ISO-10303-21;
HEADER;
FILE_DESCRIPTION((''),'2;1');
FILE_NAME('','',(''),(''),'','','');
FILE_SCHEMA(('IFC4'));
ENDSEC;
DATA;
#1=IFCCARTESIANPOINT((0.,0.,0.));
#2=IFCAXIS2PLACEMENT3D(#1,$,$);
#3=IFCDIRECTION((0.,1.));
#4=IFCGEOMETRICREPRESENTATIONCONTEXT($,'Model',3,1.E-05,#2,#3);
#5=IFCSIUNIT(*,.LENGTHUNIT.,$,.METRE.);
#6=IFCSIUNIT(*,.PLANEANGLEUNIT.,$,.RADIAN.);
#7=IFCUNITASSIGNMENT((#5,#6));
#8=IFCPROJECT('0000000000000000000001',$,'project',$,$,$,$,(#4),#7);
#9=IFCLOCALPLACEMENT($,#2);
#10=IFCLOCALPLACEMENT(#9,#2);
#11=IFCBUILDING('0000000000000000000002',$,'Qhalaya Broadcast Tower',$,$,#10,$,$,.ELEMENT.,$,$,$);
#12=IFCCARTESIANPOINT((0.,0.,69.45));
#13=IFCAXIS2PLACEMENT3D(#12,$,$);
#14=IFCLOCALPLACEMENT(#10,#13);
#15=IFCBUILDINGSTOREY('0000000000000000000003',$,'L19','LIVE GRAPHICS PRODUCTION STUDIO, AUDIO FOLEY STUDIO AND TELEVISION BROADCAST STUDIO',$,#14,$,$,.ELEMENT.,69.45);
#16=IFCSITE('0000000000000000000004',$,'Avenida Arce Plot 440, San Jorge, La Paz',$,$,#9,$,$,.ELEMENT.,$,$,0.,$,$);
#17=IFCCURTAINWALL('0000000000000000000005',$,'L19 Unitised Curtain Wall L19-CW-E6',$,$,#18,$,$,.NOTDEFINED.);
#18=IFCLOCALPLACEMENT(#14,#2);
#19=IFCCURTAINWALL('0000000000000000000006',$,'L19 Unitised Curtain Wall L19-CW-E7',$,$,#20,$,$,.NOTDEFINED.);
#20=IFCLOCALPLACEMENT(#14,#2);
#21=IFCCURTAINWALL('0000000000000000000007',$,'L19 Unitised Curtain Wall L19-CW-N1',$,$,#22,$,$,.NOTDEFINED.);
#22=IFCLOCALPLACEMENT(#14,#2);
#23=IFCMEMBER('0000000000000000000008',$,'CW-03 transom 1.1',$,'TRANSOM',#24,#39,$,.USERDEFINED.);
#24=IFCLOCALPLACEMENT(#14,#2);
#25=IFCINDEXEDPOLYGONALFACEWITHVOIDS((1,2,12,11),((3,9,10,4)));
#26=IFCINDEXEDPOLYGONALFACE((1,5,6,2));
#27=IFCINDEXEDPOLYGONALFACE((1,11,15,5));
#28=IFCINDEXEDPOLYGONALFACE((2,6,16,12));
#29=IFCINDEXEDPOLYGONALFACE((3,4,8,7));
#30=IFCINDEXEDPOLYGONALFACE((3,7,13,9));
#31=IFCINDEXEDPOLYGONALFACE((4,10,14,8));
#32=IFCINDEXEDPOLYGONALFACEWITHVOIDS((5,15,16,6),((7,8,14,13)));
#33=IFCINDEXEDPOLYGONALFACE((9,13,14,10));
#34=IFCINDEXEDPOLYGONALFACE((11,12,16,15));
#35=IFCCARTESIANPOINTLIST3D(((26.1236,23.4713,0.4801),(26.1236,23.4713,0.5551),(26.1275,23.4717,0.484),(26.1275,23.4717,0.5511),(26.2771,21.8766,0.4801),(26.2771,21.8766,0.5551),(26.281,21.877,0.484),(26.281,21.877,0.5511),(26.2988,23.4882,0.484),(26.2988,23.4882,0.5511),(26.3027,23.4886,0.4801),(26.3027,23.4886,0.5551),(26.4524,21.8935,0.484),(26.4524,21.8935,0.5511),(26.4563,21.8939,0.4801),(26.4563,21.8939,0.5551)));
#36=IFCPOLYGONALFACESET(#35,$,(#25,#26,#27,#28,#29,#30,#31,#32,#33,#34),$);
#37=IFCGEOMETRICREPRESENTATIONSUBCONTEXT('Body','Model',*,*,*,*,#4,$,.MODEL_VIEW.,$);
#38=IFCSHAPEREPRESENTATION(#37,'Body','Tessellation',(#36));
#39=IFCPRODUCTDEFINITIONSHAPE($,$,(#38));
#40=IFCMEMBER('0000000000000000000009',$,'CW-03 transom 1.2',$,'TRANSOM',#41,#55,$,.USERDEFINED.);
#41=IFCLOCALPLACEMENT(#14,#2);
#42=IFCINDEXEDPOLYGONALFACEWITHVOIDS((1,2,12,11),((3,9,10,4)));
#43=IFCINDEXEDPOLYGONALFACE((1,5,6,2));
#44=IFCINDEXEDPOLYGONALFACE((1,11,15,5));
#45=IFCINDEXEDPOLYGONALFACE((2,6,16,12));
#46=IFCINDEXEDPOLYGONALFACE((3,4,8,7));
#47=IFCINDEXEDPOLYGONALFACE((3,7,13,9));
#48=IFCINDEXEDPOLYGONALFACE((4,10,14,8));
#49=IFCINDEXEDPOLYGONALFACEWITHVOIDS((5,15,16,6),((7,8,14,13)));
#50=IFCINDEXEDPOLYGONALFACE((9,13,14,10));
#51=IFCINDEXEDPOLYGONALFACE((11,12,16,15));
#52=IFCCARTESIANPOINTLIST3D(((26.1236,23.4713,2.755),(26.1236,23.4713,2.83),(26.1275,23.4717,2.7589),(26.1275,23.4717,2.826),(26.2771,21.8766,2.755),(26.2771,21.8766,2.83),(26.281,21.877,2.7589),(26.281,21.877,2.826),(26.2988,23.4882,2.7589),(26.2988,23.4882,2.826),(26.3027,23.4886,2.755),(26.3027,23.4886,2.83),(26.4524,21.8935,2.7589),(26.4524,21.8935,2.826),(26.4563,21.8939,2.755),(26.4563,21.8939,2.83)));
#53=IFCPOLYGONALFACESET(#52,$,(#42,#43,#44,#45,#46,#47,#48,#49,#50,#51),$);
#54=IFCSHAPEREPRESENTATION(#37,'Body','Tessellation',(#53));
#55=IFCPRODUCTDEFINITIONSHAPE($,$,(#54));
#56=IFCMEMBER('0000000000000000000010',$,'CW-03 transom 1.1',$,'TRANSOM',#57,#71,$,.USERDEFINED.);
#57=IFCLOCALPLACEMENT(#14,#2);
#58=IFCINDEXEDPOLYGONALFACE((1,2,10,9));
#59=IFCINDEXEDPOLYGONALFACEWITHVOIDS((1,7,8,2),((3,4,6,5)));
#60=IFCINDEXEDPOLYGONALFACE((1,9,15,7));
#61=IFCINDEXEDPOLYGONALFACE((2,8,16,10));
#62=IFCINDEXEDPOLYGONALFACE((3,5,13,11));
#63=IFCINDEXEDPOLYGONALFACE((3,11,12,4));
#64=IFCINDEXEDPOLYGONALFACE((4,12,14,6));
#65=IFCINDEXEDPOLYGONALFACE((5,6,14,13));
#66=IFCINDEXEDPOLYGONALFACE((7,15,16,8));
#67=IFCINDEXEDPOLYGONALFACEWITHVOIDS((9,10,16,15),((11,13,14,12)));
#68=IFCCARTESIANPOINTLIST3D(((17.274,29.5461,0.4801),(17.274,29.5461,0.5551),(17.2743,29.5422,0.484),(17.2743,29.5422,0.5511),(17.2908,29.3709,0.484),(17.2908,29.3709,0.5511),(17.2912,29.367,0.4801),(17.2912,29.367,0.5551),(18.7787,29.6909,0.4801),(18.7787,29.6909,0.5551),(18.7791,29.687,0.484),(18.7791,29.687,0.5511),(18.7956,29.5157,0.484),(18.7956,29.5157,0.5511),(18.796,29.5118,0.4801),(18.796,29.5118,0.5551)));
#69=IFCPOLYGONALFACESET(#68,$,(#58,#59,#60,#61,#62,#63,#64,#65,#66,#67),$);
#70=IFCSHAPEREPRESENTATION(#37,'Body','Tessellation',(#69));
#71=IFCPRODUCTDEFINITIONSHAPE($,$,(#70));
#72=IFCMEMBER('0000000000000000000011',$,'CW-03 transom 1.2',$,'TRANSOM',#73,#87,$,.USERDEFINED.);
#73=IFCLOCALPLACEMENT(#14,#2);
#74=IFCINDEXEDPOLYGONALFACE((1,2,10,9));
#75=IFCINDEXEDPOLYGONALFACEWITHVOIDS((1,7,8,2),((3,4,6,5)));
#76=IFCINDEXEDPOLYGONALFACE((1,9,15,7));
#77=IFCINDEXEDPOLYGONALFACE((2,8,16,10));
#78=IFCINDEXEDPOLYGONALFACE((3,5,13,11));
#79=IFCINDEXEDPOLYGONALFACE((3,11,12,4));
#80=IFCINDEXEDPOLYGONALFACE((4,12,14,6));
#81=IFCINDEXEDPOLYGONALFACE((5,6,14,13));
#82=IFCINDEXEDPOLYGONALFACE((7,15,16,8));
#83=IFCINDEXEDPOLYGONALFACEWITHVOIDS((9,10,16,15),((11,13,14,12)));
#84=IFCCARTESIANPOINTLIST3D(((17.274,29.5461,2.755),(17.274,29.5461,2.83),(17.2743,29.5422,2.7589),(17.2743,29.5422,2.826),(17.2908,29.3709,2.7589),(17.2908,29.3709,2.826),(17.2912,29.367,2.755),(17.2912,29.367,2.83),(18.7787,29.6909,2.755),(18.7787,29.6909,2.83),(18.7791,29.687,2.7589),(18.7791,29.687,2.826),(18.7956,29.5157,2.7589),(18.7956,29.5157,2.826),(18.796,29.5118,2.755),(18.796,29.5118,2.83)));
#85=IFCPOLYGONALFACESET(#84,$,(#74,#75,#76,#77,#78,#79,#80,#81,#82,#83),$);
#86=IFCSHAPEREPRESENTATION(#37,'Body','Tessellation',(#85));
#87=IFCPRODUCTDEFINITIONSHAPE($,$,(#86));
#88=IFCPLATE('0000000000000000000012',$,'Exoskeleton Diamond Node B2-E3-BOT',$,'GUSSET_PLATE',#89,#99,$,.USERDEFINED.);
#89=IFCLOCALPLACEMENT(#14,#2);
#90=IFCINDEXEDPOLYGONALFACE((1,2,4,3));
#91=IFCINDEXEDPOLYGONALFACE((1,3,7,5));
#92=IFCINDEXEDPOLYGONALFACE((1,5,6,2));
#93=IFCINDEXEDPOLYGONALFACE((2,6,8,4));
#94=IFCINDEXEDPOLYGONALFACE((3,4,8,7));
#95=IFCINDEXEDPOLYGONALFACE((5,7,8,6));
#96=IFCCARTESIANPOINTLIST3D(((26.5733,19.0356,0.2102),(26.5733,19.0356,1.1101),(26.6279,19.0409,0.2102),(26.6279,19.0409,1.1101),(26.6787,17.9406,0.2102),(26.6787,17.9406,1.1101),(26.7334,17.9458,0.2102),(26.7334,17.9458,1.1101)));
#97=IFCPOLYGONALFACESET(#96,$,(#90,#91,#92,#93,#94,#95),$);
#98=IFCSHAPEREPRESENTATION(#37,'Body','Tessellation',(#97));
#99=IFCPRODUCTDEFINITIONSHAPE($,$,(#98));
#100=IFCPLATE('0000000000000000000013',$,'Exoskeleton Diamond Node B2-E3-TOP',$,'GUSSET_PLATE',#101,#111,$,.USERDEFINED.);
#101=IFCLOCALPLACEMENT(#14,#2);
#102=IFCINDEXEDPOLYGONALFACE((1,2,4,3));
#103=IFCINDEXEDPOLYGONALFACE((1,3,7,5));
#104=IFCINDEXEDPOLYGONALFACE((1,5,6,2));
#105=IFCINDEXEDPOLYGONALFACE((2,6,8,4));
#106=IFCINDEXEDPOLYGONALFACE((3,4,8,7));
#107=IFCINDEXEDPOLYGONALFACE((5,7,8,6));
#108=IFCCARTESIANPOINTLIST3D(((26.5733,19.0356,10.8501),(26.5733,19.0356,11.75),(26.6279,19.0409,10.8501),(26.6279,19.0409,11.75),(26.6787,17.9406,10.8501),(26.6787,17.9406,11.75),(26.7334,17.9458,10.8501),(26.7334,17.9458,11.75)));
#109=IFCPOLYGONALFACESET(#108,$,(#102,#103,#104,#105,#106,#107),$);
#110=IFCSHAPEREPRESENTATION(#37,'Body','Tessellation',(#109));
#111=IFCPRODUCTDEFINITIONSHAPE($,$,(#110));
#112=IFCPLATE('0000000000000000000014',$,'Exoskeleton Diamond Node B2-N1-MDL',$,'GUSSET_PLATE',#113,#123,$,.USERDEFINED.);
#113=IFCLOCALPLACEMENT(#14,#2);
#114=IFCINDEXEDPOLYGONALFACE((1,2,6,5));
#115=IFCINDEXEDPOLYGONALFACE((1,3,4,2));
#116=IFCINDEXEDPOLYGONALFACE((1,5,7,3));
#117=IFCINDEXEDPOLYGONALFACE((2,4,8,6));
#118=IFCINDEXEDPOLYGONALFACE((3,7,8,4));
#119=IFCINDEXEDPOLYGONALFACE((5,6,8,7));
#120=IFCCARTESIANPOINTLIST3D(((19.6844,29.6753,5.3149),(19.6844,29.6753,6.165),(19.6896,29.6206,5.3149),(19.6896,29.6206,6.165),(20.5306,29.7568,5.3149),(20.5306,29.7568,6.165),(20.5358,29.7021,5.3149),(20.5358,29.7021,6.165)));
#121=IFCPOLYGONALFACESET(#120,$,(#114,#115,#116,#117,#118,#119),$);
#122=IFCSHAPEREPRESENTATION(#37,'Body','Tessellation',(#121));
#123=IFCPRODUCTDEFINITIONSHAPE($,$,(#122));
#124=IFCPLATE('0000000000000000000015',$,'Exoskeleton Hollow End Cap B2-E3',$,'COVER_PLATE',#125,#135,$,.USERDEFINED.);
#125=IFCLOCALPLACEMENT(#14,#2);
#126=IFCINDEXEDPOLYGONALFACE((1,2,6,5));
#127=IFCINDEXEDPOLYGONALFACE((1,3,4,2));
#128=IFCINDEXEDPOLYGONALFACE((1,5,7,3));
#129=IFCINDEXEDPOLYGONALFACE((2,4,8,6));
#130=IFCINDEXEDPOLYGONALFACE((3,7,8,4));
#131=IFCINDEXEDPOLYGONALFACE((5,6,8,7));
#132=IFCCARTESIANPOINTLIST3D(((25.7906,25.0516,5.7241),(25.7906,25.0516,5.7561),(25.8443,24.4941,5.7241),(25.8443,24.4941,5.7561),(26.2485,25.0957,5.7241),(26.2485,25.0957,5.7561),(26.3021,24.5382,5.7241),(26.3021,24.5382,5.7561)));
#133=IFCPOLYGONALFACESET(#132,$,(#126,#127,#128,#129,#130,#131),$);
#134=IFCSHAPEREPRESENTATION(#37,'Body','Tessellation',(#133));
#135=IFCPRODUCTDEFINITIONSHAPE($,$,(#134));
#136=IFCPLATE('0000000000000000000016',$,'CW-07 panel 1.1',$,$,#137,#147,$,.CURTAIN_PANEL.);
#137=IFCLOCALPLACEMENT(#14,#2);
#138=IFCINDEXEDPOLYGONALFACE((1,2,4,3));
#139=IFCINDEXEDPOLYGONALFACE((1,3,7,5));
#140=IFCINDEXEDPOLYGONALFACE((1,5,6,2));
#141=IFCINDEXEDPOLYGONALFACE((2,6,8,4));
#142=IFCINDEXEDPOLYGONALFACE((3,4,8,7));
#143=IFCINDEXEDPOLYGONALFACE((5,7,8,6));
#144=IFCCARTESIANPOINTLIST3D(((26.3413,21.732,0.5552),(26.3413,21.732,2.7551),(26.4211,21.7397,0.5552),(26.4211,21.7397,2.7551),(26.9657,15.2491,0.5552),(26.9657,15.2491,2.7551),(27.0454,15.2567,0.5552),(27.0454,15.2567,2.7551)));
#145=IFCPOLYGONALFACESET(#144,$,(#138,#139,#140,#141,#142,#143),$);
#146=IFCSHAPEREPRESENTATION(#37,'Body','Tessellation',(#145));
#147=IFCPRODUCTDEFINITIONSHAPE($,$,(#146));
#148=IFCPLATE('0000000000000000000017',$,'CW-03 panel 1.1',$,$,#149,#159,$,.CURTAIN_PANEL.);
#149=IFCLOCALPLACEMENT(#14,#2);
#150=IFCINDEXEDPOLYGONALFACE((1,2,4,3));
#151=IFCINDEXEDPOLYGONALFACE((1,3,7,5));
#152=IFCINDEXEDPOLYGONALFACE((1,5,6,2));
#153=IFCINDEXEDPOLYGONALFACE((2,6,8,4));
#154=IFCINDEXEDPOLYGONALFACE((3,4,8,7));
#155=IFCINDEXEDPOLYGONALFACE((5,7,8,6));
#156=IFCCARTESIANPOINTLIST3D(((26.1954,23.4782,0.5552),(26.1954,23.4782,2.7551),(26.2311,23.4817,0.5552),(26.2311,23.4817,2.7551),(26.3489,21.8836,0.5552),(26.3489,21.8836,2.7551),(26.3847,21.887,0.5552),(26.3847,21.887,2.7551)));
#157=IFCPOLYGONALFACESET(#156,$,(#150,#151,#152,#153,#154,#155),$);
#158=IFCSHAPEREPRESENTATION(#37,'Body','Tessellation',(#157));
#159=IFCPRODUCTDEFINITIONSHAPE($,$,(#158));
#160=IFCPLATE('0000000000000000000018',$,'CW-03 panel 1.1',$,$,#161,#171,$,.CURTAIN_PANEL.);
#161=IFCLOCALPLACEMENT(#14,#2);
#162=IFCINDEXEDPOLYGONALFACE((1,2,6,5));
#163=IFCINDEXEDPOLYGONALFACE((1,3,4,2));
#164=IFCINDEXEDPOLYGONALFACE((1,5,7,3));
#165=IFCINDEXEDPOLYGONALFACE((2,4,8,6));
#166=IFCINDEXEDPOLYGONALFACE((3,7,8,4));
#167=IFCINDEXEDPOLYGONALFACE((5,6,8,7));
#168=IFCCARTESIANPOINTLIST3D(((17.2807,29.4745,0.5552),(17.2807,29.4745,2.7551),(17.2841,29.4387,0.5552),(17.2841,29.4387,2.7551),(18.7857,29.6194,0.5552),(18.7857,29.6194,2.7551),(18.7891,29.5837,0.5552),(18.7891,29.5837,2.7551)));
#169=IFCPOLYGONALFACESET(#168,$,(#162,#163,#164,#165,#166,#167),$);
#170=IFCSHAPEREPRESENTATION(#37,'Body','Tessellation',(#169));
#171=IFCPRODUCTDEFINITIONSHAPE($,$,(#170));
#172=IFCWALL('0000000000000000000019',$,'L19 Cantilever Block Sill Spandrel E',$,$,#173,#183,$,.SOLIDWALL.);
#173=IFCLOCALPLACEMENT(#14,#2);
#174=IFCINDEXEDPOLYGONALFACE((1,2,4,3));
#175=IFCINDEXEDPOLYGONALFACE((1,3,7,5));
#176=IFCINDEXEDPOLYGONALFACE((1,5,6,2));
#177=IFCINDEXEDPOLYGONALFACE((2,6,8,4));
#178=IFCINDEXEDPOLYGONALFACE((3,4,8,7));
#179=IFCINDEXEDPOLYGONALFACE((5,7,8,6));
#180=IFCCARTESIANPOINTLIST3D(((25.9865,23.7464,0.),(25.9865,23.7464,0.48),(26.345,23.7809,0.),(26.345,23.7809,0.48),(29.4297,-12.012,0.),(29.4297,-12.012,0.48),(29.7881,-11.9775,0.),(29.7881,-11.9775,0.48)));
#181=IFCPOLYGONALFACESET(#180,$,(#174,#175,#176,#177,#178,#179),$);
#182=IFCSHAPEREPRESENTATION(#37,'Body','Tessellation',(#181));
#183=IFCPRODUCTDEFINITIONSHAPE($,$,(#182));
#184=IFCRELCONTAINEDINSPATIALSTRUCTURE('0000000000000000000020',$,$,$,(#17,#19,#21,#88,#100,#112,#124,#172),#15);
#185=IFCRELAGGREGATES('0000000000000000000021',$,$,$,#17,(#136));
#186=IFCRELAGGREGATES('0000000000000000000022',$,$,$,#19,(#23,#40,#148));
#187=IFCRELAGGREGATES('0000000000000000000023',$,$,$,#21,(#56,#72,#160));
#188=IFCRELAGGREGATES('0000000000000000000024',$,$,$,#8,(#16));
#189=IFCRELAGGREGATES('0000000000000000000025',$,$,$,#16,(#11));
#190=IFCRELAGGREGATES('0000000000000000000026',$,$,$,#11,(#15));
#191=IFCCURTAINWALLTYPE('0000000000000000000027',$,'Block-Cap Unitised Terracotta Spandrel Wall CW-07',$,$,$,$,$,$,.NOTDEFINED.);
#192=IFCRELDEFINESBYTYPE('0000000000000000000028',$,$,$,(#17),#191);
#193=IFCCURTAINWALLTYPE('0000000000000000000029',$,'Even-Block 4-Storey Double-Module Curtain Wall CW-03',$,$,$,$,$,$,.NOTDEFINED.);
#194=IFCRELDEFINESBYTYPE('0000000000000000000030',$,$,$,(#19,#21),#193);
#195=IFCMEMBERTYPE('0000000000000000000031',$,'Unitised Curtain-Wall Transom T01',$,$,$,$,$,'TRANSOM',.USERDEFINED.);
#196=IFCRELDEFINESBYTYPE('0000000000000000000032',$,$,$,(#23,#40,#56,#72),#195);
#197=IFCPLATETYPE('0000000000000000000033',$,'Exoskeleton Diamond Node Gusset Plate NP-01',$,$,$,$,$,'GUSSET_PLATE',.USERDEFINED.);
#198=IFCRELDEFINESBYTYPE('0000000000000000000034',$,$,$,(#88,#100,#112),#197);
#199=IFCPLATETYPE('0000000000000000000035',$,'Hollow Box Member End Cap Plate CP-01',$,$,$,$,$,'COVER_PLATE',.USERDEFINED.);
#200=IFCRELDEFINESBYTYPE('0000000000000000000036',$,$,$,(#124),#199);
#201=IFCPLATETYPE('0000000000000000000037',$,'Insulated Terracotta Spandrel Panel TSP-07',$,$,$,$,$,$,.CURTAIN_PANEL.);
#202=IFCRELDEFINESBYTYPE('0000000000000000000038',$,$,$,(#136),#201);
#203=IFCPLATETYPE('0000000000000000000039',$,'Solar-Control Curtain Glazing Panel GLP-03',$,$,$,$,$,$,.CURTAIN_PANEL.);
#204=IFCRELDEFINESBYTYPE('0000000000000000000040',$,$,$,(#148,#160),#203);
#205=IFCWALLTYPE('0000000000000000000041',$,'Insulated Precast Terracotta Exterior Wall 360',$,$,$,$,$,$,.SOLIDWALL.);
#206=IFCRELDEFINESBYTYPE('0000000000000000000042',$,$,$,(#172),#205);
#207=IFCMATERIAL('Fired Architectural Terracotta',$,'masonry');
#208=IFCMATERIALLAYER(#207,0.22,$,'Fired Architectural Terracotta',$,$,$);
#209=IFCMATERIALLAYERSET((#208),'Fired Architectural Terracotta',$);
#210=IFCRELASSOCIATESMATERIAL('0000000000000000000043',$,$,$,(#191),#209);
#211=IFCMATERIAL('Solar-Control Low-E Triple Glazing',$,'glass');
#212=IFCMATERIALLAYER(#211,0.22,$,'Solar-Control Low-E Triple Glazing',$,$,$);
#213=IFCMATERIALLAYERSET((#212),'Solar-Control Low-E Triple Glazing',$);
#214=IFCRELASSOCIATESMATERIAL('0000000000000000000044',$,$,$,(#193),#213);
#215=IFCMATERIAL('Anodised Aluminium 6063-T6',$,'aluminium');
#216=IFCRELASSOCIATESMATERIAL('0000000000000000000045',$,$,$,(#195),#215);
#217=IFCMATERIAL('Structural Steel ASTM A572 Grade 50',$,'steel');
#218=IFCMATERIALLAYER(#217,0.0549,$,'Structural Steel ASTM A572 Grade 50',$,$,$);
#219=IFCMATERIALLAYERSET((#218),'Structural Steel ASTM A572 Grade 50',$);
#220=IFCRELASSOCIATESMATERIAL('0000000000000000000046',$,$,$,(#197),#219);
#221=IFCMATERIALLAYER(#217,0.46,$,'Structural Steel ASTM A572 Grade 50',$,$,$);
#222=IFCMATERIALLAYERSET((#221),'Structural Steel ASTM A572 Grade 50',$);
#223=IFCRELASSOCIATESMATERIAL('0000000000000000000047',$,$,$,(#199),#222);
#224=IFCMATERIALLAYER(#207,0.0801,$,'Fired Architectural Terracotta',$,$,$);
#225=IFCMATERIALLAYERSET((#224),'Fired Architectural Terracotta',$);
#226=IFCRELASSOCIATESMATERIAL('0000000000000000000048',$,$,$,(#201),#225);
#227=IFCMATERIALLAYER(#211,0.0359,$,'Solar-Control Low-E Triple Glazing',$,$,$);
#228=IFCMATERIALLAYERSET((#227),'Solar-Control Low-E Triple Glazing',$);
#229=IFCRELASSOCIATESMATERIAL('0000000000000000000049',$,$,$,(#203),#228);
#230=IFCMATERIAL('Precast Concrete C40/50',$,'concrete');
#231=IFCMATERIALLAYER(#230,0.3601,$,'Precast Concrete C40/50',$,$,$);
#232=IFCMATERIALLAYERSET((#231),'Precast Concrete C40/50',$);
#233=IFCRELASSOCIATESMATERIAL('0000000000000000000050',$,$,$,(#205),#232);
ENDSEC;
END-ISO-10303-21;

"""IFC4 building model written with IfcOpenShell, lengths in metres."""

from ifc_helpers import new_model, si_unit, direction, frame, frame_2d, origin, origin_2d, place, context, subcontext, project, spatial, rectangle, hollow_rectangle, extrude, material, layer, layer_set, material_profile, profile_set, type_object, element, aggregate, save


model = new_model("IFC4")

# Units and contexts
model_context = context("Model", 3, precision=1e-05, world=origin(), true_north=direction((0.0, 1.0)))
body_context = subcontext(model_context, "Body", "Model", "MODEL_VIEW")
ifc_project = project(units=[si_unit("LENGTHUNIT", "METRE"), si_unit("PLANEANGLEUNIT", "RADIAN")], contexts=[model_context])

# Site, building, storey
site_placement = place(None, origin())
site = spatial("IfcSite", under=ifc_project, at=site_placement, Name="Avenida Arce Plot 440, San Jorge, La Paz", CompositionType="ELEMENT", RefElevation=0.0)
building_placement = place(site_placement, origin())
building = spatial("IfcBuilding", under=site, at=building_placement, Name="Qhalaya Broadcast Tower", CompositionType="ELEMENT")
storey_placement = place(building_placement, frame((0.0, 0.0, 69.45)))
storey = spatial("IfcBuildingStorey", under=building, at=storey_placement, Name="L19", Description="LIVE GRAPHICS PRODUCTION STUDIO, AUDIO FOLEY STUDIO AND TELEVISION BROADCAST STUDIO", CompositionType="ELEMENT", Elevation=69.45)

# Shared definitions
ifc_material_1 = material(Name="Structural Steel ASTM A572 Grade 50", Category="steel")

# Shared definitions
ifc_material_2 = material(Name="Fired Architectural Terracotta", Category="masonry")

# Curtain wall
ifc_layer_1 = layer(ifc_material_2, 0.22, Name="Fired Architectural Terracotta")
ifc_layer_set_1 = layer_set([ifc_layer_1], Name="Fired Architectural Terracotta")
curtain_wall_type_1 = type_object("IfcCurtainWallType", Name="Block-Cap Unitised Terracotta Spandrel Wall CW-07", PredefinedType="NOTDEFINED", material=ifc_layer_set_1)
curtain_wall_1_placement = place(storey_placement, origin())
curtain_wall_1 = element("IfcCurtainWall", 1, at=curtain_wall_1_placement, inside=storey, type_object=curtain_wall_type_1, Name="L19 Unitised Curtain Wall L19-CW-E6", PredefinedType="NOTDEFINED")
ifc_material_3 = material(Name="Anodised Aluminium 6063-T6", Category="aluminium")

# Curtain wall
ifc_material_4 = material(Name="Solar-Control Low-E Triple Glazing", Category="glass")
ifc_layer_2 = layer(ifc_material_4, 0.22, Name="Solar-Control Low-E Triple Glazing")
ifc_layer_set_2 = layer_set([ifc_layer_2], Name="Solar-Control Low-E Triple Glazing")
curtain_wall_type_2 = type_object("IfcCurtainWallType", Name="Even-Block 4-Storey Double-Module Curtain Wall CW-03", PredefinedType="NOTDEFINED", material=ifc_layer_set_2)
curtain_wall_2_placement = place(storey_placement, origin())
curtain_wall_2 = element("IfcCurtainWall", 2, at=curtain_wall_2_placement, inside=storey, type_object=curtain_wall_type_2, Name="L19 Unitised Curtain Wall L19-CW-E7", PredefinedType="NOTDEFINED")

# Curtain wall
curtain_wall_3_placement = place(storey_placement, origin())
curtain_wall_3 = element("IfcCurtainWall", 3, at=curtain_wall_3_placement, inside=storey, type_object=curtain_wall_type_2, Name="L19 Unitised Curtain Wall L19-CW-N1", PredefinedType="NOTDEFINED")

# Members
ifc_material_profile_1 = material_profile(ifc_material_3, hollow_rectangle(XDim=0.075, YDim=0.1799, WallThickness=0.0039, at=origin_2d()), Name="ALU-TRN 75x180x4")
ifc_profile_set_1 = profile_set([ifc_material_profile_1], Name="Anodised Aluminium 6063-T6")
member_type_1 = type_object("IfcMemberType", Name="Unitised Curtain-Wall Transom T01", ElementType="TRANSOM", PredefinedType="USERDEFINED", material=ifc_profile_set_1)
member_1_placement = place(storey_placement, frame((26.3667, 21.8853, 0.5176), z_axis=(-0.095852, 0.995396, 0.0), x_axis=(0.0, 0.0, 1.0)))
member_1 = element("IfcMember", 4, at=member_1_placement, type_object=member_type_1, Name="CW-03 transom 1.1", ObjectType="TRANSOM", PredefinedType="USERDEFINED", context=body_context, shape_type="SweptSolid", body=[
    extrude(hollow_rectangle(XDim=0.075, YDim=0.1799, WallThickness=0.0039, at=origin_2d()), origin(), (0.0, 0.0, 1.0), 1.6021),
])
member_2_placement = place(storey_placement, frame((26.3667, 21.8853, 2.7925), z_axis=(-0.095852, 0.995396, 0.0), x_axis=(0.0, 0.0, 1.0)))
member_2 = element("IfcMember", 5, at=member_2_placement, type_object=member_type_1, Name="CW-03 transom 1.2", ObjectType="TRANSOM", PredefinedType="USERDEFINED", context=body_context, shape_type="SweptSolid", body=[
    extrude(hollow_rectangle(XDim=0.075, YDim=0.1799, WallThickness=0.0039, at=origin_2d()), origin(), (0.0, 0.0, 1.0), 1.6021),
])
member_3_placement = place(storey_placement, frame((18.7874, 29.6013, 0.5176), z_axis=(-0.995404, -0.095762, 0.0), x_axis=(0.0, 0.0, 1.0)))
member_3 = element("IfcMember", 6, at=member_3_placement, type_object=member_type_1, Name="CW-03 transom 1.1", ObjectType="TRANSOM", PredefinedType="USERDEFINED", context=body_context, shape_type="SweptSolid", body=[
    extrude(hollow_rectangle(XDim=0.075, YDim=0.1799, WallThickness=0.0039, at=origin_2d()), origin(), (0.0, 0.0, 1.0), 1.5117),
])
member_4_placement = place(storey_placement, frame((18.7874, 29.6013, 2.7925), z_axis=(-0.995404, -0.095762, 0.0), x_axis=(0.0, 0.0, 1.0)))
member_4 = element("IfcMember", 7, at=member_4_placement, type_object=member_type_1, Name="CW-03 transom 1.2", ObjectType="TRANSOM", PredefinedType="USERDEFINED", context=body_context, shape_type="SweptSolid", body=[
    extrude(hollow_rectangle(XDim=0.075, YDim=0.1799, WallThickness=0.0039, at=origin_2d()), origin(), (0.0, 0.0, 1.0), 1.5117),
])

# Plates
ifc_layer_3 = layer(ifc_material_1, 0.0549, Name="Structural Steel ASTM A572 Grade 50")
ifc_layer_set_3 = layer_set([ifc_layer_3], Name="Structural Steel ASTM A572 Grade 50")
plate_type_1 = type_object("IfcPlateType", Name="Exoskeleton Diamond Node Gusset Plate NP-01", ElementType="GUSSET_PLATE", PredefinedType="USERDEFINED", material=ifc_layer_set_3)
for number, where, z_axis, x_axis, name in (
    (8, (26.6533, 18.4907, 0.2102), (0.0, 0.0, 1.0), (-0.095846, 0.995396, 0.0), "Exoskeleton Diamond Node B2-E3-BOT"),
    (9, (26.6533, 18.4907, 10.8501), (0.0, 0.0, 1.0), (-0.095846, 0.995396, 0.0), "Exoskeleton Diamond Node B2-E3-TOP"),
):
    element("IfcPlate", number, at=place(storey_placement, frame(where, z_axis=z_axis, x_axis=x_axis)), inside=storey, type_object=plate_type_1, Name=name, ObjectType="GUSSET_PLATE", PredefinedType="USERDEFINED", context=body_context, shape_type="SweptSolid", body=[
        extrude(rectangle(XDim=1.1001, YDim=0.0549, at=origin_2d()), origin(), (0.0, 0.0, 1.0), 0.8999),
    ])
plate_1_placement = place(storey_placement, frame((20.1101, 29.6887, 5.3149), z_axis=(0.0, 0.0, 1.0), x_axis=(0.995396, 0.095846, 0.0)))
element("IfcPlate", 10, at=plate_1_placement, inside=storey, type_object=plate_type_1, Name="Exoskeleton Diamond Node B2-N1-MDL", ObjectType="GUSSET_PLATE", PredefinedType="USERDEFINED", context=body_context, shape_type="SweptSolid", body=[
    extrude(rectangle(XDim=0.8501, YDim=0.0549, at=origin_2d()), origin(), (0.0, 0.0, 1.0), 0.8501),
])
ifc_layer_4 = layer(ifc_material_1, 0.46, Name="Structural Steel ASTM A572 Grade 50")
ifc_layer_set_4 = layer_set([ifc_layer_4], Name="Structural Steel ASTM A572 Grade 50")
plate_type_2 = type_object("IfcPlateType", Name="Hollow Box Member End Cap Plate CP-01", ElementType="COVER_PLATE", PredefinedType="USERDEFINED", material=ifc_layer_set_4)
plate_2_placement = place(storey_placement, frame((26.0464, 24.7949, 5.7241), z_axis=(0.0, 0.0, 1.0), x_axis=(-0.095846, 0.995396, 0.0)))
element("IfcPlate", 11, at=plate_2_placement, inside=storey, type_object=plate_type_2, Name="Exoskeleton Hollow End Cap B2-E3", ObjectType="COVER_PLATE", PredefinedType="USERDEFINED", context=body_context, shape_type="SweptSolid", body=[
    extrude(rectangle(XDim=0.5601, YDim=0.46, at=origin_2d()), origin(), (0.0, 0.0, 1.0), 0.032),
])

# Plates
ifc_layer_5 = layer(ifc_material_2, 0.0801, Name="Fired Architectural Terracotta")
ifc_layer_set_5 = layer_set([ifc_layer_5], Name="Fired Architectural Terracotta")
plate_type_3 = type_object("IfcPlateType", Name="Insulated Terracotta Spandrel Panel TSP-07", PredefinedType="CURTAIN_PANEL", material=ifc_layer_set_5)
plate_3_placement = place(storey_placement, frame((26.6934, 18.4944, 0.5552), z_axis=(0.0, 0.0, 1.0), x_axis=(-0.095858, 0.995395, 0.0)))
plate_3 = element("IfcPlate", 12, at=plate_3_placement, type_object=plate_type_3, Name="CW-07 panel 1.1", PredefinedType="CURTAIN_PANEL", context=body_context, shape_type="SweptSolid", body=[
    extrude(rectangle(XDim=6.5129, YDim=0.0801, at=origin_2d()), origin(), (0.0, 0.0, 1.0), 2.2),
])
aggregate(curtain_wall_1, [plate_3])
ifc_layer_6 = layer(ifc_material_4, 0.0359, Name="Solar-Control Low-E Triple Glazing")
ifc_layer_set_6 = layer_set([ifc_layer_6], Name="Solar-Control Low-E Triple Glazing")
plate_type_4 = type_object("IfcPlateType", Name="Solar-Control Curtain Glazing Panel GLP-03", PredefinedType="CURTAIN_PANEL", material=ifc_layer_set_6)
plate_4_placement = place(storey_placement, frame((26.29, 22.6826, 0.5552), z_axis=(0.0, 0.0, 1.0), x_axis=(-0.09583, 0.995398, 0.0)))
plate_4 = element("IfcPlate", 13, at=plate_4_placement, type_object=plate_type_4, Name="CW-03 panel 1.1", PredefinedType="CURTAIN_PANEL", context=body_context, shape_type="SweptSolid", body=[
    extrude(rectangle(XDim=1.6021, YDim=0.0359, at=origin_2d()), origin(), (0.0, 0.0, 1.0), 2.2),
])
aggregate(curtain_wall_2, [member_1, member_2, plate_4])
plate_5_placement = place(storey_placement, frame((18.0349, 29.5291, 0.5552), z_axis=(0.0, 0.0, 1.0), x_axis=(-0.995396, -0.095851, 0.0)))
plate_5 = element("IfcPlate", 14, at=plate_5_placement, type_object=plate_type_4, Name="CW-03 panel 1.1", PredefinedType="CURTAIN_PANEL", context=body_context, shape_type="SweptSolid", body=[
    extrude(rectangle(XDim=1.512, YDim=0.0359, at=origin_2d()), origin(), (0.0, 0.0, 1.0), 2.2),
])
aggregate(curtain_wall_3, [member_3, member_4, plate_5])

# Wall
ifc_material_5 = material(Name="Precast Concrete C40/50", Category="concrete")
ifc_layer_7 = layer(ifc_material_5, 0.3601, Name="Precast Concrete C40/50")
ifc_layer_set_7 = layer_set([ifc_layer_7], Name="Precast Concrete C40/50")
wall_type = type_object("IfcWallType", Name="Insulated Precast Terracotta Exterior Wall 360", PredefinedType="SOLIDWALL", material=ifc_layer_set_7)
wall_placement = place(storey_placement, frame((26.1658, 23.7637, 0.0), z_axis=(0.0, 0.0, 1.0), x_axis=(0.095845, -0.995396, 0.0)))
element("IfcWall", 15, at=wall_placement, inside=storey, type_object=wall_type, Name="L19 Cantilever Block Sill Spandrel E", PredefinedType="SOLIDWALL", context=body_context, shape_type="SweptSolid", body=[
    extrude(rectangle(XDim=35.9238, YDim=0.3601, at=frame_2d((17.9619, 0.0))), origin(), (0.0, 0.0, 1.0), 0.48),
])

save(model, "model.ifc")
